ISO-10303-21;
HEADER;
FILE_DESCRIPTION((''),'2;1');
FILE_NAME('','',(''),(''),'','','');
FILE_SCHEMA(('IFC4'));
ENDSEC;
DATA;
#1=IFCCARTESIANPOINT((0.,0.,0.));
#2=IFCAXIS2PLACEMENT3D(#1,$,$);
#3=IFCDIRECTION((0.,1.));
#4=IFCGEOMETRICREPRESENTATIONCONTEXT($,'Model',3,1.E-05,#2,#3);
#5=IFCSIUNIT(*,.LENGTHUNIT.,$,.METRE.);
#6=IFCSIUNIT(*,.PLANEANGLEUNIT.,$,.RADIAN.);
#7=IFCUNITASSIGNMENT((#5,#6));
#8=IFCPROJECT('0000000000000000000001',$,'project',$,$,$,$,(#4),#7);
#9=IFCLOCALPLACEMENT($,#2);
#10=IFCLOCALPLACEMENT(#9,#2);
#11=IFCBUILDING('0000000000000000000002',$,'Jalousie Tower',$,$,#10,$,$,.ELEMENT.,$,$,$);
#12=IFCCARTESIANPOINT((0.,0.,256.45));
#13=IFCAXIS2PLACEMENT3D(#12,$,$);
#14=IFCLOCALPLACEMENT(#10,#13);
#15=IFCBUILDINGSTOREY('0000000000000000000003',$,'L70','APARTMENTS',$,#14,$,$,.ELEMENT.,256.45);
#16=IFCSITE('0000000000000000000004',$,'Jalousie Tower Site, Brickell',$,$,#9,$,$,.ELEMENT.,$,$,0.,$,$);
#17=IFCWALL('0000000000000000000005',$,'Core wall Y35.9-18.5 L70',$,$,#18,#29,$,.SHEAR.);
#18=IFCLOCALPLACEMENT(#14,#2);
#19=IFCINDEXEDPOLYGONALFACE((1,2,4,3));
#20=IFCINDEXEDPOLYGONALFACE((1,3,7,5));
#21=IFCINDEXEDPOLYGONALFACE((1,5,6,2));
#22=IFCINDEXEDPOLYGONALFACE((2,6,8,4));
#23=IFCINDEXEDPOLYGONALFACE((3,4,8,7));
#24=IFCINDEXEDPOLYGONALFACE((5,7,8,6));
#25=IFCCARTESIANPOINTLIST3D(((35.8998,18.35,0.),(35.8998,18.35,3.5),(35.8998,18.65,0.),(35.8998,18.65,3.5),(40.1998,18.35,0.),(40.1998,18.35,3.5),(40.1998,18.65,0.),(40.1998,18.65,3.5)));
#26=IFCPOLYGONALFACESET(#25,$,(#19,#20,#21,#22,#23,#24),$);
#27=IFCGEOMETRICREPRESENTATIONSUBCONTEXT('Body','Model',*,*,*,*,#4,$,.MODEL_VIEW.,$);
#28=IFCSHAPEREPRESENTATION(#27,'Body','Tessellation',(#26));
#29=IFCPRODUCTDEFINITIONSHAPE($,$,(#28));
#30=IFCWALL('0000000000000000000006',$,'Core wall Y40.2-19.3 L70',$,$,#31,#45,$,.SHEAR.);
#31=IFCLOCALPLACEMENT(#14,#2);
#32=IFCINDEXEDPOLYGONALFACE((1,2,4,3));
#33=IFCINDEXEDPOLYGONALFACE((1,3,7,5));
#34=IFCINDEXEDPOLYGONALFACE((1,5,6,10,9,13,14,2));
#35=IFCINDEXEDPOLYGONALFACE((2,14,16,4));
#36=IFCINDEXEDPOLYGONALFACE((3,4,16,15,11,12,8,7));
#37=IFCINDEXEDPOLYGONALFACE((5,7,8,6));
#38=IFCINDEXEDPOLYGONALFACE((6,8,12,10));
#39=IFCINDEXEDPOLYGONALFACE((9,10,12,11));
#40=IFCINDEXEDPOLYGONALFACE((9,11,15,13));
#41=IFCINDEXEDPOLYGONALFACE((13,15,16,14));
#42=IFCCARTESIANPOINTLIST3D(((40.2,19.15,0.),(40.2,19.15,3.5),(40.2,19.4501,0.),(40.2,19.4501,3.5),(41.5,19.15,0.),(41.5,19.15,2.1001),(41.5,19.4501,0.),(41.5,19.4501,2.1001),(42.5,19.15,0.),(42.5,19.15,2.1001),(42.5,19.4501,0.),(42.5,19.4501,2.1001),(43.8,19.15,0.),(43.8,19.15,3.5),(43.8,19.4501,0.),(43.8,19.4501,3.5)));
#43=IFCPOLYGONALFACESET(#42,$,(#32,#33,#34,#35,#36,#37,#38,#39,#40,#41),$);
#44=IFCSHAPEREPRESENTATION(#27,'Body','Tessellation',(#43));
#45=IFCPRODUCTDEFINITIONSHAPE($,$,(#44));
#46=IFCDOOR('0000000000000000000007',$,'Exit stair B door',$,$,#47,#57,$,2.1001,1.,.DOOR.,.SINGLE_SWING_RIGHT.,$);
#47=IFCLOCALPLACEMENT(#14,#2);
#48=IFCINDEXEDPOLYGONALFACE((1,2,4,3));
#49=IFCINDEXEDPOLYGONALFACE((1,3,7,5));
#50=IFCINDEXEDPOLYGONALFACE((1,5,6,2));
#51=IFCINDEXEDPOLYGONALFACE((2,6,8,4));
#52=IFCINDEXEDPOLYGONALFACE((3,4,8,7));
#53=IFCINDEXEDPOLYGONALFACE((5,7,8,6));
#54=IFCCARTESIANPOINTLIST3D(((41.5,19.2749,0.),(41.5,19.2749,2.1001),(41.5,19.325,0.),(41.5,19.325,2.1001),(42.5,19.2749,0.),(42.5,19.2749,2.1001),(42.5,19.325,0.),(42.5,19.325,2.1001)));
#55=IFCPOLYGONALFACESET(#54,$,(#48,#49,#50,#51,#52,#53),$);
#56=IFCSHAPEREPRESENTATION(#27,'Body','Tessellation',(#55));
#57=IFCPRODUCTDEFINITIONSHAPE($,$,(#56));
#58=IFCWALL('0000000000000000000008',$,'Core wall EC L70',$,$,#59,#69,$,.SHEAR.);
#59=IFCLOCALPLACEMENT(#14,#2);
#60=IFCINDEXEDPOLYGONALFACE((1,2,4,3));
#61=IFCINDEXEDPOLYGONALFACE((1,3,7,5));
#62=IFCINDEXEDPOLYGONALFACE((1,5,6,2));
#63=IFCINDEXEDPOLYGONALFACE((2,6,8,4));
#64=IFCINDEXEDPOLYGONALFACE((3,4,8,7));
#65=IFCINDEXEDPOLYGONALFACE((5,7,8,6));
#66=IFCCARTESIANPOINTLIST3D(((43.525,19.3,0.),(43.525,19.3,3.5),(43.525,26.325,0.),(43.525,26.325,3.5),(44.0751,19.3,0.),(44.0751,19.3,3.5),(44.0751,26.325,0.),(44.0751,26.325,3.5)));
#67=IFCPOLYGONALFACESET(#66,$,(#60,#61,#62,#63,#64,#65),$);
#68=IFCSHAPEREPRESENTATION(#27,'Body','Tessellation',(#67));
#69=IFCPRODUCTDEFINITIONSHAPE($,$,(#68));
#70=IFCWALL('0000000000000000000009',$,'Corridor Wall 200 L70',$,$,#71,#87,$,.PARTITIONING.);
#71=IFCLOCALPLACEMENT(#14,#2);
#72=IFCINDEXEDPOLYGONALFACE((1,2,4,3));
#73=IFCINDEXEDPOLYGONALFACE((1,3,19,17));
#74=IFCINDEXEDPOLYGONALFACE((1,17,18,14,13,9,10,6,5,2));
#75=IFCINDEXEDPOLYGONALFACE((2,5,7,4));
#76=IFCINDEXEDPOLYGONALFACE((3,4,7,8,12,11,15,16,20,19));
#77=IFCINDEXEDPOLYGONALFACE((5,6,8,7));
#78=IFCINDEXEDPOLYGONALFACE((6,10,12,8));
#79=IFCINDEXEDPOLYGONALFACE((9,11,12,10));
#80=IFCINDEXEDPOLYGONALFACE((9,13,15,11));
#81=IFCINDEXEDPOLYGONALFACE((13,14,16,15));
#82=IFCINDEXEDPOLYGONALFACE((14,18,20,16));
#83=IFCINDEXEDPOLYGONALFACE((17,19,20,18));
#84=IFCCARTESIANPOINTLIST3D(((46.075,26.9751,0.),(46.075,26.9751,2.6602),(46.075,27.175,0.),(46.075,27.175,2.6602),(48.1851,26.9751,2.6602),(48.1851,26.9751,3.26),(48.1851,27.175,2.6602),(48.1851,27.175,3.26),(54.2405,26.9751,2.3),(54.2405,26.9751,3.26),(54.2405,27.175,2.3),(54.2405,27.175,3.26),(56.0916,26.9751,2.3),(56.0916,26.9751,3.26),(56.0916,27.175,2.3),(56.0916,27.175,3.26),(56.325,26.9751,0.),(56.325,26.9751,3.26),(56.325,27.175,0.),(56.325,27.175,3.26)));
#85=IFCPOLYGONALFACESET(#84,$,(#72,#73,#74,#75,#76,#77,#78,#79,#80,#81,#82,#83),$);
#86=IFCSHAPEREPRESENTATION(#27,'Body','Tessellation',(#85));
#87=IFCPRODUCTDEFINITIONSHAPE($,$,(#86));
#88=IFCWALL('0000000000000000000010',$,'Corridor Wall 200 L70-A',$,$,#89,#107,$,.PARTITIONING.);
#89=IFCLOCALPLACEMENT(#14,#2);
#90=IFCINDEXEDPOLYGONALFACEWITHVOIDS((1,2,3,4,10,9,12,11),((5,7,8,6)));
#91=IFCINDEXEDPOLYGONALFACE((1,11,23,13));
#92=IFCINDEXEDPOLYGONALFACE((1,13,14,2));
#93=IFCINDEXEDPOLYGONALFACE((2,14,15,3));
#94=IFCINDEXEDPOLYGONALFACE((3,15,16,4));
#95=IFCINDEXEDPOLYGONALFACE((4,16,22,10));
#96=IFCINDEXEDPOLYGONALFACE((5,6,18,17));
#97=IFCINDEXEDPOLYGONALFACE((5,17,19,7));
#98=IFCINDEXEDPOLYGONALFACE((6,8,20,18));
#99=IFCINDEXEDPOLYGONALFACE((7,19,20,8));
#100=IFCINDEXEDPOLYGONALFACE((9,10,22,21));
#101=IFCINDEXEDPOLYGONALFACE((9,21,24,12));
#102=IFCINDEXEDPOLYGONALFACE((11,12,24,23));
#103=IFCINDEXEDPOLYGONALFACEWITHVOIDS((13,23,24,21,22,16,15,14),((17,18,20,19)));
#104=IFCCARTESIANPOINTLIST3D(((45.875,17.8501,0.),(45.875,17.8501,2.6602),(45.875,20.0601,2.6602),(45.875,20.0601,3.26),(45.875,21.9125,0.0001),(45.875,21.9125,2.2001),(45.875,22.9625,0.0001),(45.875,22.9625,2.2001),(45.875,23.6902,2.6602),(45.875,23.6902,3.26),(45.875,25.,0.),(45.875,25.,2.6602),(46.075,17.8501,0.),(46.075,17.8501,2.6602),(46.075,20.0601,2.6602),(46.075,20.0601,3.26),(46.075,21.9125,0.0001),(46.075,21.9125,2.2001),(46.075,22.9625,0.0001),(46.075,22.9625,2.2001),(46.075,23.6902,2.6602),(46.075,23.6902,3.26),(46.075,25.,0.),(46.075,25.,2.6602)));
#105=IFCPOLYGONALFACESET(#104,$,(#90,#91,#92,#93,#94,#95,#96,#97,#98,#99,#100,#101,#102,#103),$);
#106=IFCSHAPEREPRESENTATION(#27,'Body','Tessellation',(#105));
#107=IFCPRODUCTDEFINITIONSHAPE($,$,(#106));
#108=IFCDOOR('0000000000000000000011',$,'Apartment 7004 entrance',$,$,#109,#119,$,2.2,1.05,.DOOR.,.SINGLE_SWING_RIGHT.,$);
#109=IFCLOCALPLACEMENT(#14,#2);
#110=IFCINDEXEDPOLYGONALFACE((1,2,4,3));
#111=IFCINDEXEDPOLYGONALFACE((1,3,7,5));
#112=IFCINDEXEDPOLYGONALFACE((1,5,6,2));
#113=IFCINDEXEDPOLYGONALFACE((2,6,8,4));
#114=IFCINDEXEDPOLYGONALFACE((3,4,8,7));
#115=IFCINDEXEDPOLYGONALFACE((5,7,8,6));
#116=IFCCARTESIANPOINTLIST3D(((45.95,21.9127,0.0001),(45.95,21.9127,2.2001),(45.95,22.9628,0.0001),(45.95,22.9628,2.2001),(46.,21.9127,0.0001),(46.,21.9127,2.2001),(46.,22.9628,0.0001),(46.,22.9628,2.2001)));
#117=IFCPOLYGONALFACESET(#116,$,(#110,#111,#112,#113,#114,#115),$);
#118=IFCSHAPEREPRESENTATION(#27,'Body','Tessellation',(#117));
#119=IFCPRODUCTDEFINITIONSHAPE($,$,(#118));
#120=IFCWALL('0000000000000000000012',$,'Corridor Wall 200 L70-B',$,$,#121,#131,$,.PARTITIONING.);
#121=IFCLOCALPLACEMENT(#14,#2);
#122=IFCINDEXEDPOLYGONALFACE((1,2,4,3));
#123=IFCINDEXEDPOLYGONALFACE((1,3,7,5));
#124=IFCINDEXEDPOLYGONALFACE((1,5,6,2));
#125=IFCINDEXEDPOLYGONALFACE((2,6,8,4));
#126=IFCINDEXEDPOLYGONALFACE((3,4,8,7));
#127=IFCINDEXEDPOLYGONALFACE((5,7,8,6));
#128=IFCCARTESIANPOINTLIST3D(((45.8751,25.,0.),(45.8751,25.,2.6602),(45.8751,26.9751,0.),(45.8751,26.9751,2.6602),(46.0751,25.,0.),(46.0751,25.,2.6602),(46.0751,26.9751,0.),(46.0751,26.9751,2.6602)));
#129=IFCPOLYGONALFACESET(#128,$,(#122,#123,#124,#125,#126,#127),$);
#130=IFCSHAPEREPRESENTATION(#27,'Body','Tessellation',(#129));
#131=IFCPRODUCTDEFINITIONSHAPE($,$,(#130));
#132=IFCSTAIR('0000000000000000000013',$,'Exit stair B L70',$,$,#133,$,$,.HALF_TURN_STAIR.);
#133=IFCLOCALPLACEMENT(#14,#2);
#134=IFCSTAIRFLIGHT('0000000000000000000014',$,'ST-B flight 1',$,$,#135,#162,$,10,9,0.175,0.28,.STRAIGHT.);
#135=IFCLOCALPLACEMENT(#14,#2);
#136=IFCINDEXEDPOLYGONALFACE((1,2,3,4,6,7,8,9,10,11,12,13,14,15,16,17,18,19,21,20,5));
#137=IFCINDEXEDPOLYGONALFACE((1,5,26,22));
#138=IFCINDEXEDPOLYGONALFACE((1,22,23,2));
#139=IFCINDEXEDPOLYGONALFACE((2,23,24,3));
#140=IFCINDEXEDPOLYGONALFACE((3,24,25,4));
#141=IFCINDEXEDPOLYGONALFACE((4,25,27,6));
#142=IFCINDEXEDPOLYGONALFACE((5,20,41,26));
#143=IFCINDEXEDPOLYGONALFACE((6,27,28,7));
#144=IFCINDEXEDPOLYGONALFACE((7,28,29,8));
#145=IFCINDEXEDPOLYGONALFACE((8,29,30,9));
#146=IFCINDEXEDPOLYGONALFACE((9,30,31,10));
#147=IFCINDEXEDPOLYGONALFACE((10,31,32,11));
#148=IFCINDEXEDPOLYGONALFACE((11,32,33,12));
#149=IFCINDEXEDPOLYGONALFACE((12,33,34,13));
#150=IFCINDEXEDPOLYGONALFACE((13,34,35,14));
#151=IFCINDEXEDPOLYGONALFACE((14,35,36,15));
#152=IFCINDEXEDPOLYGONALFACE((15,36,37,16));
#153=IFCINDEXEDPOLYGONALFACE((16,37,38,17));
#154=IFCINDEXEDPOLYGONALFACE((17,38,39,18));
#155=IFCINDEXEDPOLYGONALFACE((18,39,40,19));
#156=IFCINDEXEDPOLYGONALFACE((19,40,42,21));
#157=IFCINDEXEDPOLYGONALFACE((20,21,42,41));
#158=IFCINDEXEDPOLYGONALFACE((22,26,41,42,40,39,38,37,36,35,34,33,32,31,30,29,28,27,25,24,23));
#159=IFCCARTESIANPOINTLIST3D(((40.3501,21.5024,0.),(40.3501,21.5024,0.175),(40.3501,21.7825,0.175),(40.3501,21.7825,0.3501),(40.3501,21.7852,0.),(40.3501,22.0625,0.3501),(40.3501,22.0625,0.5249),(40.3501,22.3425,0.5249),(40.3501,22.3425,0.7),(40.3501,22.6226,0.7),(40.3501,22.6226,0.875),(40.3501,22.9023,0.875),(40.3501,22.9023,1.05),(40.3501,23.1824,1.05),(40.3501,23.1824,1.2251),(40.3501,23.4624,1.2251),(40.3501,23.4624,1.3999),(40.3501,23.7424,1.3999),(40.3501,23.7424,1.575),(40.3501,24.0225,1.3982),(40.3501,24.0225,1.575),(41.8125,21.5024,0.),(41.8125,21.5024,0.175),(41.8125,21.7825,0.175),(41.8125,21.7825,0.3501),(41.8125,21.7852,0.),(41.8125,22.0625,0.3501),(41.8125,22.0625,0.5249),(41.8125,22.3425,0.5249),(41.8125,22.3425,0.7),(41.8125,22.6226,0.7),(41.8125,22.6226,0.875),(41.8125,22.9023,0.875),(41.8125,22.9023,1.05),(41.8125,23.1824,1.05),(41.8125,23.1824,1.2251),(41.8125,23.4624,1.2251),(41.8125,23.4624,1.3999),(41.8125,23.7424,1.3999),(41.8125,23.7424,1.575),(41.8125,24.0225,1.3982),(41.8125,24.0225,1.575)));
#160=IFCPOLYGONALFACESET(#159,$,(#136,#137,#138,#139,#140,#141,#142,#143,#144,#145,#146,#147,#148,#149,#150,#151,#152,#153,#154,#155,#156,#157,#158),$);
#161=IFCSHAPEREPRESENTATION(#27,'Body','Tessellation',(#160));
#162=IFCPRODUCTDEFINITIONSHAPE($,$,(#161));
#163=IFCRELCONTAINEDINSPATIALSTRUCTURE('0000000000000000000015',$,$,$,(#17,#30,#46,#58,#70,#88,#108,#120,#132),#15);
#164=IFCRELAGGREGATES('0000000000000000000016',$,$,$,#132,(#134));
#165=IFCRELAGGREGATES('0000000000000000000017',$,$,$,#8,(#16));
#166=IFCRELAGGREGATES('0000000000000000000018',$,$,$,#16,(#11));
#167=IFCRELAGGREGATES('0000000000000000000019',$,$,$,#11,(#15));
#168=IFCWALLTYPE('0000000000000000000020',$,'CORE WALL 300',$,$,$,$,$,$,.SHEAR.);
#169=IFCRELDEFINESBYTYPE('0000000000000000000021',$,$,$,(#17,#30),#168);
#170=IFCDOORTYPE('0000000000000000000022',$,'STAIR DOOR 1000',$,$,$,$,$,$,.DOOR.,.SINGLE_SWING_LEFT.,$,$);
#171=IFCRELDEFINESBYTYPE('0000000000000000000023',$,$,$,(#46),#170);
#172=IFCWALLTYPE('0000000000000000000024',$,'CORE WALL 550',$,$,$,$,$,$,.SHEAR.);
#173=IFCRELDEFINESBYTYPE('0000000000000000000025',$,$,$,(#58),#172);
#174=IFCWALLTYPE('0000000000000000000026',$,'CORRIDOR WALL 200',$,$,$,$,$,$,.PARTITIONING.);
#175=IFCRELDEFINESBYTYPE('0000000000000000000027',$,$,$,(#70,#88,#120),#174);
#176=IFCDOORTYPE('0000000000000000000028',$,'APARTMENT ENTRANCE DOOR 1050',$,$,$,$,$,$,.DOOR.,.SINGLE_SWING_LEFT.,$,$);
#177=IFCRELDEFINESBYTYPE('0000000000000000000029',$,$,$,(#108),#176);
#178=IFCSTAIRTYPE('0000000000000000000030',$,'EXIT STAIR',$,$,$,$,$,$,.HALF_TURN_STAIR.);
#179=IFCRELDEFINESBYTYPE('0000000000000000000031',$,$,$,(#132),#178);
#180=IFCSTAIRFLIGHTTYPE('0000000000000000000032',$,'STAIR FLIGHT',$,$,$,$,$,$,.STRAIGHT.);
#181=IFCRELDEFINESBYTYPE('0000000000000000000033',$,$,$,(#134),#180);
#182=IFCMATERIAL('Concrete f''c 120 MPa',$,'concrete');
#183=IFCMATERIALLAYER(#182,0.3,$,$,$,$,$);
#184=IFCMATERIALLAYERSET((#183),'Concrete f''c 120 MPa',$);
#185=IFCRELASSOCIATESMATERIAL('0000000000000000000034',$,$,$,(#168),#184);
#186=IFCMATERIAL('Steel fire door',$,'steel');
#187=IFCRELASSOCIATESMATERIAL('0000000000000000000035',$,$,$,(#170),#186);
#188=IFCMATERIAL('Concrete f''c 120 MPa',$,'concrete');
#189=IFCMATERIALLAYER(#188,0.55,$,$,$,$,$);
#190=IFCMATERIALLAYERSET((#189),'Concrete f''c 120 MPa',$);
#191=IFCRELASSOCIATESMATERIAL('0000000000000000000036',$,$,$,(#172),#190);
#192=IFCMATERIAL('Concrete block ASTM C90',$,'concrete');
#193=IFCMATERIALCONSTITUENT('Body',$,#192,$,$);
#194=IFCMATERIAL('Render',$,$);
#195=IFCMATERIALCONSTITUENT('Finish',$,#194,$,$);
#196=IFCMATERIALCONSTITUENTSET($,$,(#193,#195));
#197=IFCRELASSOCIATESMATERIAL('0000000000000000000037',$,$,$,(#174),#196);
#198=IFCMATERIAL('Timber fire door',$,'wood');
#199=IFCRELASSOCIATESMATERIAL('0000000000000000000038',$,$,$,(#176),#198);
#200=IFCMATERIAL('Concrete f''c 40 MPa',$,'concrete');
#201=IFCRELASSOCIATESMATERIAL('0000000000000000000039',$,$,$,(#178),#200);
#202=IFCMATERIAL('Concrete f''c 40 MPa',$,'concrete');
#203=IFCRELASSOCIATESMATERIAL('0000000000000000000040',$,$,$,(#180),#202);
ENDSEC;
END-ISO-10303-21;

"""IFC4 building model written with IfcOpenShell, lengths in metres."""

from ifc_helpers import new_model, si_unit, direction, frame, frame_2d, origin, place, context, subcontext, project, spatial, polyline, rectangle, outline, extrude, material, layer, layer_set, constituent, constituent_set, type_object, element, fill, aggregate, save


model = new_model("IFC4")

# Units and contexts
model_context = context("Model", 3, precision=1e-05, world=origin(), true_north=direction((0.0, 1.0)))
body_context = subcontext(model_context, "Body", "Model", "MODEL_VIEW")
ifc_project = project(units=[si_unit("LENGTHUNIT", "METRE"), si_unit("PLANEANGLEUNIT", "RADIAN")], contexts=[model_context])

# Site, building, storey
site_placement = place(None, origin())
site = spatial("IfcSite", under=ifc_project, at=site_placement, Name="Jalousie Tower Site, Brickell", CompositionType="ELEMENT", RefElevation=0.0)
building_placement = place(site_placement, origin())
building = spatial("IfcBuilding", under=site, at=building_placement, Name="Jalousie Tower", CompositionType="ELEMENT")
storey_placement = place(building_placement, frame((0.0, 0.0, 256.45)))
storey = spatial("IfcBuildingStorey", under=building, at=storey_placement, Name="L70", Description="APARTMENTS", CompositionType="ELEMENT", Elevation=256.45)

# Wall
ifc_material_1 = material(Name="Concrete f'c 120 MPa", Category="concrete")
ifc_layer_1 = layer(ifc_material_1, 0.3)
ifc_layer_set_1 = layer_set([ifc_layer_1], Name="Concrete f'c 120 MPa")
wall_type_1 = type_object("IfcWallType", Name="CORE WALL 300", PredefinedType="SHEAR", material=ifc_layer_set_1)
wall_1_placement = place(storey_placement, frame((35.8999, 18.5, 0.0), z_axis=(0.0, 0.0, 1.0), x_axis=(1.0, 0.0, 0.0)))
element("IfcWall", 1, at=wall_1_placement, inside=storey, type_object=wall_type_1, Name="Core wall Y35.9-18.5 L70", PredefinedType="SHEAR", context=body_context, shape_type="SweptSolid", body=[
    extrude(rectangle(XDim=4.3, YDim=0.3, at=frame_2d((2.1499, 0.0))), origin(), (0.0, 0.0, 1.0), 3.5),
])

# Wall, opening, door
wall_2_placement = place(storey_placement, frame((40.2, 19.3, 0.0), z_axis=(0.0, 0.0, 1.0), x_axis=(1.0, 0.0, 0.0)))
wall_2 = element("IfcWall", 2, at=wall_2_placement, inside=storey, type_object=wall_type_1, Name="Core wall Y40.2-19.3 L70", PredefinedType="SHEAR", context=body_context, shape_type="SweptSolid", body=[
    extrude(rectangle(XDim=3.6001, YDim=0.3, at=frame_2d((1.8, 0.0))), origin(), (0.0, 0.0, 1.0), 3.5),
])
opening_1_placement = place(wall_2_placement, frame((1.3, 0.0, 0.0)))
opening_1 = element("IfcOpeningElement", 3, at=opening_1_placement, cuts=wall_2, PredefinedType="OPENING", context=body_context, shape_type="SweptSolid", body=[
    extrude(rectangle(XDim=1.0, YDim=2.1001, at=frame_2d((0.5, 1.05))), frame((0.0, 0.1599, 0.0), z_axis=(0.0, -1.0, 0.0), x_axis=(1.0, 0.0, 0.0)), (0.0, 0.0, 1.0), 0.3201),
])
ifc_material_2 = material(Name="Steel fire door", Category="steel")
door_type_1 = type_object("IfcDoorType", Name="STAIR DOOR 1000", OperationType="SINGLE_SWING_LEFT", PredefinedType="DOOR", material=ifc_material_2)
door_1_placement = place(opening_1_placement, origin())
door_1 = element("IfcDoor", 4, at=door_1_placement, inside=storey, type_object=door_type_1, Name="Exit stair B door", OperationType="SINGLE_SWING_RIGHT", OverallHeight=2.1001, OverallWidth=1.0, PredefinedType="DOOR", context=body_context, shape_type="SweptSolid", body=[
    extrude(rectangle(XDim=1.0, YDim=2.1001, at=frame_2d((0.5, 1.05))), frame((0.0, 0.0249, 0.0), z_axis=(0.0, -1.0, 0.0), x_axis=(1.0, 0.0, 0.0)), (0.0, 0.0, 1.0), 0.05),
])
fill(opening_1, door_1)

# Walls
ifc_material_3 = material(Name="Concrete f'c 120 MPa", Category="concrete")
ifc_layer_2 = layer(ifc_material_3, 0.55)
ifc_layer_set_2 = layer_set([ifc_layer_2], Name="Concrete f'c 120 MPa")
wall_type_2 = type_object("IfcWallType", Name="CORE WALL 550", PredefinedType="SHEAR", material=ifc_layer_set_2)
wall_3_placement = place(storey_placement, frame((43.8, 19.3, 0.0), z_axis=(0.0, 0.0, 1.0), x_axis=(0.0, 1.0, 0.0)))
element("IfcWall", 5, at=wall_3_placement, inside=storey, type_object=wall_type_2, Name="Core wall EC L70", PredefinedType="SHEAR", context=body_context, shape_type="SweptSolid", body=[
    extrude(rectangle(XDim=7.0249, YDim=0.55, at=frame_2d((3.5125, 0.0))), origin(), (0.0, 0.0, 1.0), 3.5),
])
ifc_material_4 = material(Name="Concrete block ASTM C90", Category="concrete")
ifc_constituent_1 = constituent(ifc_material_4, Name="Body")
ifc_material_5 = material(Name="Render")
ifc_constituent_2 = constituent(ifc_material_5, Name="Finish")
ifc_constituent_set_1 = constituent_set(constituents=[ifc_constituent_1, ifc_constituent_2])
wall_type_3 = type_object("IfcWallType", Name="CORRIDOR WALL 200", PredefinedType="PARTITIONING", material=ifc_constituent_set_1)
wall_4_placement = place(storey_placement, frame((46.075, 27.075, 0.0), z_axis=(0.0, 0.0, 1.0), x_axis=(1.0, 0.0, 0.0)))
element("IfcWall", 6, at=wall_4_placement, inside=storey, type_object=wall_type_3, Name="Corridor Wall 200 L70", PredefinedType="PARTITIONING", context=body_context, shape_type="SweptSolid", body=[
    extrude(outline(polyline([(0.0, 0.0), (10.25, 0.0), (10.25, 3.26), (10.0166, 3.26), (10.0166, 2.3), (8.1655, 2.3), (8.1655, 3.26), (2.1101, 3.26), (2.1101, 2.6602), (0.0, 2.6602), (0.0, 3.26), (0.0, 0.0)])), frame((0.0, 0.1001, 0.0), z_axis=(0.0, -1.0, 0.0), x_axis=(1.0, 0.0, 0.0)), (0.0, 0.0, 1.0), 0.2),
])

# Wall, opening, door
wall_5_placement = place(storey_placement, frame((45.9751, 17.8501, 0.0), z_axis=(0.0, 0.0, 1.0), x_axis=(0.0, 1.0, 0.0)))
wall_5 = element("IfcWall", 7, at=wall_5_placement, inside=storey, type_object=wall_type_3, Name="Corridor Wall 200 L70-A", PredefinedType="PARTITIONING", context=body_context, shape_type="SweptSolid", body=[
    extrude(outline(polyline([(0.0, 0.0), (7.1499, 0.0), (7.1499, 2.6602), (5.8401, 2.6602), (5.8401, 3.26), (2.21, 3.26), (2.21, 2.6602), (0.0, 2.6602), (0.0, 0.0)])), frame((0.0, 0.1001, 0.0), z_axis=(0.0, -1.0, 0.0), x_axis=(1.0, 0.0, 0.0)), (0.0, 0.0, 1.0), 0.2),
])
opening_2_placement = place(wall_5_placement, frame((4.0625, 0.0, 0.0)))
opening_2 = element("IfcOpeningElement", 8, at=opening_2_placement, cuts=wall_5, PredefinedType="OPENING", context=body_context, shape_type="SweptSolid", body=[
    extrude(rectangle(XDim=1.05, YDim=2.2, at=frame_2d((0.5249, 1.1001))), frame((0.0, 0.1099, 0.0), z_axis=(0.0, -1.0, 0.0), x_axis=(1.0, 0.0, 0.0)), (0.0, 0.0, 1.0), 0.22),
])
ifc_material_6 = material(Name="Timber fire door", Category="wood")
door_type_2 = type_object("IfcDoorType", Name="APARTMENT ENTRANCE DOOR 1050", OperationType="SINGLE_SWING_LEFT", PredefinedType="DOOR", material=ifc_material_6)
door_2_placement = place(opening_2_placement, frame((1.05, 0.0, 0.0), z_axis=(0.0, 0.0, 1.0), x_axis=(-1.0, 0.0, 0.0)))
door_2 = element("IfcDoor", 9, at=door_2_placement, inside=storey, type_object=door_type_2, Name="Apartment 7004 entrance", OperationType="SINGLE_SWING_RIGHT", OverallHeight=2.2, OverallWidth=1.05, PredefinedType="DOOR", context=body_context, shape_type="SweptSolid", body=[
    extrude(rectangle(XDim=1.05, YDim=2.2, at=frame_2d((0.5249, 1.1001))), frame((0.0, 0.0249, 0.0), z_axis=(0.0, -1.0, 0.0), x_axis=(1.0, 0.0, 0.0)), (0.0, 0.0, 1.0), 0.05),
])
fill(opening_2, door_2)

# Wall
wall_6_placement = place(storey_placement, frame((45.9751, 25.0, 0.0), z_axis=(0.0, 0.0, 1.0), x_axis=(0.0, 1.0, 0.0)))
element("IfcWall", 10, at=wall_6_placement, inside=storey, type_object=wall_type_3, Name="Corridor Wall 200 L70-B", PredefinedType="PARTITIONING", context=body_context, shape_type="SweptSolid", body=[
    extrude(rectangle(XDim=1.9751, YDim=0.2, at=frame_2d((0.9875, 0.0))), origin(), (0.0, 0.0, 1.0), 2.6602),
])

# Stair, stair flight
ifc_material_7 = material(Name="Concrete f'c 40 MPa", Category="concrete")
stair_type = type_object("IfcStairType", Name="EXIT STAIR", PredefinedType="HALF_TURN_STAIR", material=ifc_material_7)
stair_placement = place(storey_placement, origin())
stair = element("IfcStair", 11, at=stair_placement, inside=storey, type_object=stair_type, Name="Exit stair B L70", PredefinedType="HALF_TURN_STAIR")
ifc_material_8 = material(Name="Concrete f'c 40 MPa", Category="concrete")
stair_flight_type = type_object("IfcStairFlightType", Name="STAIR FLIGHT", PredefinedType="STRAIGHT", material=ifc_material_8)
stair_flight_1_placement = place(storey_placement, frame((41.0813, 21.5024, 0.0), z_axis=(0.0, 0.0, 1.0), x_axis=(0.0, 1.0, 0.0)))
stair_flight_1 = element("IfcStairFlight", 12, at=stair_flight_1_placement, type_object=stair_flight_type, Name="ST-B flight 1", NumberOfRisers=10, NumberOfTreads=9, PredefinedType="STRAIGHT", RiserHeight=0.175, TreadLength=0.28, context=body_context, shape_type="SweptSolid", body=[
    extrude(outline(polyline([(0.0, 0.0), (0.0, 0.175), (0.28, 0.175), (0.28, 0.3501), (0.5601, 0.3501), (0.5601, 0.5249), (0.8401, 0.5249), (0.8401, 0.7), (1.1201, 0.7), (1.1201, 0.875), (1.3999, 0.875), (1.3999, 1.05), (1.6799, 1.05), (1.6799, 1.2251), (1.96, 1.2251), (1.96, 1.3999), (2.24, 1.3999), (2.24, 1.575), (2.52, 1.575), (2.52, 1.75), (2.52, 1.3982), (0.2827, 0.0), (0.0, 0.0)])), frame((0.0, 0.7312, 0.0), z_axis=(0.0, -1.0, 0.0), x_axis=(1.0, 0.0, 0.0)), (0.0, 0.0, 1.0), 1.4624),
])
aggregate(stair, [stair_flight_1])

save(model, "model.ifc")
